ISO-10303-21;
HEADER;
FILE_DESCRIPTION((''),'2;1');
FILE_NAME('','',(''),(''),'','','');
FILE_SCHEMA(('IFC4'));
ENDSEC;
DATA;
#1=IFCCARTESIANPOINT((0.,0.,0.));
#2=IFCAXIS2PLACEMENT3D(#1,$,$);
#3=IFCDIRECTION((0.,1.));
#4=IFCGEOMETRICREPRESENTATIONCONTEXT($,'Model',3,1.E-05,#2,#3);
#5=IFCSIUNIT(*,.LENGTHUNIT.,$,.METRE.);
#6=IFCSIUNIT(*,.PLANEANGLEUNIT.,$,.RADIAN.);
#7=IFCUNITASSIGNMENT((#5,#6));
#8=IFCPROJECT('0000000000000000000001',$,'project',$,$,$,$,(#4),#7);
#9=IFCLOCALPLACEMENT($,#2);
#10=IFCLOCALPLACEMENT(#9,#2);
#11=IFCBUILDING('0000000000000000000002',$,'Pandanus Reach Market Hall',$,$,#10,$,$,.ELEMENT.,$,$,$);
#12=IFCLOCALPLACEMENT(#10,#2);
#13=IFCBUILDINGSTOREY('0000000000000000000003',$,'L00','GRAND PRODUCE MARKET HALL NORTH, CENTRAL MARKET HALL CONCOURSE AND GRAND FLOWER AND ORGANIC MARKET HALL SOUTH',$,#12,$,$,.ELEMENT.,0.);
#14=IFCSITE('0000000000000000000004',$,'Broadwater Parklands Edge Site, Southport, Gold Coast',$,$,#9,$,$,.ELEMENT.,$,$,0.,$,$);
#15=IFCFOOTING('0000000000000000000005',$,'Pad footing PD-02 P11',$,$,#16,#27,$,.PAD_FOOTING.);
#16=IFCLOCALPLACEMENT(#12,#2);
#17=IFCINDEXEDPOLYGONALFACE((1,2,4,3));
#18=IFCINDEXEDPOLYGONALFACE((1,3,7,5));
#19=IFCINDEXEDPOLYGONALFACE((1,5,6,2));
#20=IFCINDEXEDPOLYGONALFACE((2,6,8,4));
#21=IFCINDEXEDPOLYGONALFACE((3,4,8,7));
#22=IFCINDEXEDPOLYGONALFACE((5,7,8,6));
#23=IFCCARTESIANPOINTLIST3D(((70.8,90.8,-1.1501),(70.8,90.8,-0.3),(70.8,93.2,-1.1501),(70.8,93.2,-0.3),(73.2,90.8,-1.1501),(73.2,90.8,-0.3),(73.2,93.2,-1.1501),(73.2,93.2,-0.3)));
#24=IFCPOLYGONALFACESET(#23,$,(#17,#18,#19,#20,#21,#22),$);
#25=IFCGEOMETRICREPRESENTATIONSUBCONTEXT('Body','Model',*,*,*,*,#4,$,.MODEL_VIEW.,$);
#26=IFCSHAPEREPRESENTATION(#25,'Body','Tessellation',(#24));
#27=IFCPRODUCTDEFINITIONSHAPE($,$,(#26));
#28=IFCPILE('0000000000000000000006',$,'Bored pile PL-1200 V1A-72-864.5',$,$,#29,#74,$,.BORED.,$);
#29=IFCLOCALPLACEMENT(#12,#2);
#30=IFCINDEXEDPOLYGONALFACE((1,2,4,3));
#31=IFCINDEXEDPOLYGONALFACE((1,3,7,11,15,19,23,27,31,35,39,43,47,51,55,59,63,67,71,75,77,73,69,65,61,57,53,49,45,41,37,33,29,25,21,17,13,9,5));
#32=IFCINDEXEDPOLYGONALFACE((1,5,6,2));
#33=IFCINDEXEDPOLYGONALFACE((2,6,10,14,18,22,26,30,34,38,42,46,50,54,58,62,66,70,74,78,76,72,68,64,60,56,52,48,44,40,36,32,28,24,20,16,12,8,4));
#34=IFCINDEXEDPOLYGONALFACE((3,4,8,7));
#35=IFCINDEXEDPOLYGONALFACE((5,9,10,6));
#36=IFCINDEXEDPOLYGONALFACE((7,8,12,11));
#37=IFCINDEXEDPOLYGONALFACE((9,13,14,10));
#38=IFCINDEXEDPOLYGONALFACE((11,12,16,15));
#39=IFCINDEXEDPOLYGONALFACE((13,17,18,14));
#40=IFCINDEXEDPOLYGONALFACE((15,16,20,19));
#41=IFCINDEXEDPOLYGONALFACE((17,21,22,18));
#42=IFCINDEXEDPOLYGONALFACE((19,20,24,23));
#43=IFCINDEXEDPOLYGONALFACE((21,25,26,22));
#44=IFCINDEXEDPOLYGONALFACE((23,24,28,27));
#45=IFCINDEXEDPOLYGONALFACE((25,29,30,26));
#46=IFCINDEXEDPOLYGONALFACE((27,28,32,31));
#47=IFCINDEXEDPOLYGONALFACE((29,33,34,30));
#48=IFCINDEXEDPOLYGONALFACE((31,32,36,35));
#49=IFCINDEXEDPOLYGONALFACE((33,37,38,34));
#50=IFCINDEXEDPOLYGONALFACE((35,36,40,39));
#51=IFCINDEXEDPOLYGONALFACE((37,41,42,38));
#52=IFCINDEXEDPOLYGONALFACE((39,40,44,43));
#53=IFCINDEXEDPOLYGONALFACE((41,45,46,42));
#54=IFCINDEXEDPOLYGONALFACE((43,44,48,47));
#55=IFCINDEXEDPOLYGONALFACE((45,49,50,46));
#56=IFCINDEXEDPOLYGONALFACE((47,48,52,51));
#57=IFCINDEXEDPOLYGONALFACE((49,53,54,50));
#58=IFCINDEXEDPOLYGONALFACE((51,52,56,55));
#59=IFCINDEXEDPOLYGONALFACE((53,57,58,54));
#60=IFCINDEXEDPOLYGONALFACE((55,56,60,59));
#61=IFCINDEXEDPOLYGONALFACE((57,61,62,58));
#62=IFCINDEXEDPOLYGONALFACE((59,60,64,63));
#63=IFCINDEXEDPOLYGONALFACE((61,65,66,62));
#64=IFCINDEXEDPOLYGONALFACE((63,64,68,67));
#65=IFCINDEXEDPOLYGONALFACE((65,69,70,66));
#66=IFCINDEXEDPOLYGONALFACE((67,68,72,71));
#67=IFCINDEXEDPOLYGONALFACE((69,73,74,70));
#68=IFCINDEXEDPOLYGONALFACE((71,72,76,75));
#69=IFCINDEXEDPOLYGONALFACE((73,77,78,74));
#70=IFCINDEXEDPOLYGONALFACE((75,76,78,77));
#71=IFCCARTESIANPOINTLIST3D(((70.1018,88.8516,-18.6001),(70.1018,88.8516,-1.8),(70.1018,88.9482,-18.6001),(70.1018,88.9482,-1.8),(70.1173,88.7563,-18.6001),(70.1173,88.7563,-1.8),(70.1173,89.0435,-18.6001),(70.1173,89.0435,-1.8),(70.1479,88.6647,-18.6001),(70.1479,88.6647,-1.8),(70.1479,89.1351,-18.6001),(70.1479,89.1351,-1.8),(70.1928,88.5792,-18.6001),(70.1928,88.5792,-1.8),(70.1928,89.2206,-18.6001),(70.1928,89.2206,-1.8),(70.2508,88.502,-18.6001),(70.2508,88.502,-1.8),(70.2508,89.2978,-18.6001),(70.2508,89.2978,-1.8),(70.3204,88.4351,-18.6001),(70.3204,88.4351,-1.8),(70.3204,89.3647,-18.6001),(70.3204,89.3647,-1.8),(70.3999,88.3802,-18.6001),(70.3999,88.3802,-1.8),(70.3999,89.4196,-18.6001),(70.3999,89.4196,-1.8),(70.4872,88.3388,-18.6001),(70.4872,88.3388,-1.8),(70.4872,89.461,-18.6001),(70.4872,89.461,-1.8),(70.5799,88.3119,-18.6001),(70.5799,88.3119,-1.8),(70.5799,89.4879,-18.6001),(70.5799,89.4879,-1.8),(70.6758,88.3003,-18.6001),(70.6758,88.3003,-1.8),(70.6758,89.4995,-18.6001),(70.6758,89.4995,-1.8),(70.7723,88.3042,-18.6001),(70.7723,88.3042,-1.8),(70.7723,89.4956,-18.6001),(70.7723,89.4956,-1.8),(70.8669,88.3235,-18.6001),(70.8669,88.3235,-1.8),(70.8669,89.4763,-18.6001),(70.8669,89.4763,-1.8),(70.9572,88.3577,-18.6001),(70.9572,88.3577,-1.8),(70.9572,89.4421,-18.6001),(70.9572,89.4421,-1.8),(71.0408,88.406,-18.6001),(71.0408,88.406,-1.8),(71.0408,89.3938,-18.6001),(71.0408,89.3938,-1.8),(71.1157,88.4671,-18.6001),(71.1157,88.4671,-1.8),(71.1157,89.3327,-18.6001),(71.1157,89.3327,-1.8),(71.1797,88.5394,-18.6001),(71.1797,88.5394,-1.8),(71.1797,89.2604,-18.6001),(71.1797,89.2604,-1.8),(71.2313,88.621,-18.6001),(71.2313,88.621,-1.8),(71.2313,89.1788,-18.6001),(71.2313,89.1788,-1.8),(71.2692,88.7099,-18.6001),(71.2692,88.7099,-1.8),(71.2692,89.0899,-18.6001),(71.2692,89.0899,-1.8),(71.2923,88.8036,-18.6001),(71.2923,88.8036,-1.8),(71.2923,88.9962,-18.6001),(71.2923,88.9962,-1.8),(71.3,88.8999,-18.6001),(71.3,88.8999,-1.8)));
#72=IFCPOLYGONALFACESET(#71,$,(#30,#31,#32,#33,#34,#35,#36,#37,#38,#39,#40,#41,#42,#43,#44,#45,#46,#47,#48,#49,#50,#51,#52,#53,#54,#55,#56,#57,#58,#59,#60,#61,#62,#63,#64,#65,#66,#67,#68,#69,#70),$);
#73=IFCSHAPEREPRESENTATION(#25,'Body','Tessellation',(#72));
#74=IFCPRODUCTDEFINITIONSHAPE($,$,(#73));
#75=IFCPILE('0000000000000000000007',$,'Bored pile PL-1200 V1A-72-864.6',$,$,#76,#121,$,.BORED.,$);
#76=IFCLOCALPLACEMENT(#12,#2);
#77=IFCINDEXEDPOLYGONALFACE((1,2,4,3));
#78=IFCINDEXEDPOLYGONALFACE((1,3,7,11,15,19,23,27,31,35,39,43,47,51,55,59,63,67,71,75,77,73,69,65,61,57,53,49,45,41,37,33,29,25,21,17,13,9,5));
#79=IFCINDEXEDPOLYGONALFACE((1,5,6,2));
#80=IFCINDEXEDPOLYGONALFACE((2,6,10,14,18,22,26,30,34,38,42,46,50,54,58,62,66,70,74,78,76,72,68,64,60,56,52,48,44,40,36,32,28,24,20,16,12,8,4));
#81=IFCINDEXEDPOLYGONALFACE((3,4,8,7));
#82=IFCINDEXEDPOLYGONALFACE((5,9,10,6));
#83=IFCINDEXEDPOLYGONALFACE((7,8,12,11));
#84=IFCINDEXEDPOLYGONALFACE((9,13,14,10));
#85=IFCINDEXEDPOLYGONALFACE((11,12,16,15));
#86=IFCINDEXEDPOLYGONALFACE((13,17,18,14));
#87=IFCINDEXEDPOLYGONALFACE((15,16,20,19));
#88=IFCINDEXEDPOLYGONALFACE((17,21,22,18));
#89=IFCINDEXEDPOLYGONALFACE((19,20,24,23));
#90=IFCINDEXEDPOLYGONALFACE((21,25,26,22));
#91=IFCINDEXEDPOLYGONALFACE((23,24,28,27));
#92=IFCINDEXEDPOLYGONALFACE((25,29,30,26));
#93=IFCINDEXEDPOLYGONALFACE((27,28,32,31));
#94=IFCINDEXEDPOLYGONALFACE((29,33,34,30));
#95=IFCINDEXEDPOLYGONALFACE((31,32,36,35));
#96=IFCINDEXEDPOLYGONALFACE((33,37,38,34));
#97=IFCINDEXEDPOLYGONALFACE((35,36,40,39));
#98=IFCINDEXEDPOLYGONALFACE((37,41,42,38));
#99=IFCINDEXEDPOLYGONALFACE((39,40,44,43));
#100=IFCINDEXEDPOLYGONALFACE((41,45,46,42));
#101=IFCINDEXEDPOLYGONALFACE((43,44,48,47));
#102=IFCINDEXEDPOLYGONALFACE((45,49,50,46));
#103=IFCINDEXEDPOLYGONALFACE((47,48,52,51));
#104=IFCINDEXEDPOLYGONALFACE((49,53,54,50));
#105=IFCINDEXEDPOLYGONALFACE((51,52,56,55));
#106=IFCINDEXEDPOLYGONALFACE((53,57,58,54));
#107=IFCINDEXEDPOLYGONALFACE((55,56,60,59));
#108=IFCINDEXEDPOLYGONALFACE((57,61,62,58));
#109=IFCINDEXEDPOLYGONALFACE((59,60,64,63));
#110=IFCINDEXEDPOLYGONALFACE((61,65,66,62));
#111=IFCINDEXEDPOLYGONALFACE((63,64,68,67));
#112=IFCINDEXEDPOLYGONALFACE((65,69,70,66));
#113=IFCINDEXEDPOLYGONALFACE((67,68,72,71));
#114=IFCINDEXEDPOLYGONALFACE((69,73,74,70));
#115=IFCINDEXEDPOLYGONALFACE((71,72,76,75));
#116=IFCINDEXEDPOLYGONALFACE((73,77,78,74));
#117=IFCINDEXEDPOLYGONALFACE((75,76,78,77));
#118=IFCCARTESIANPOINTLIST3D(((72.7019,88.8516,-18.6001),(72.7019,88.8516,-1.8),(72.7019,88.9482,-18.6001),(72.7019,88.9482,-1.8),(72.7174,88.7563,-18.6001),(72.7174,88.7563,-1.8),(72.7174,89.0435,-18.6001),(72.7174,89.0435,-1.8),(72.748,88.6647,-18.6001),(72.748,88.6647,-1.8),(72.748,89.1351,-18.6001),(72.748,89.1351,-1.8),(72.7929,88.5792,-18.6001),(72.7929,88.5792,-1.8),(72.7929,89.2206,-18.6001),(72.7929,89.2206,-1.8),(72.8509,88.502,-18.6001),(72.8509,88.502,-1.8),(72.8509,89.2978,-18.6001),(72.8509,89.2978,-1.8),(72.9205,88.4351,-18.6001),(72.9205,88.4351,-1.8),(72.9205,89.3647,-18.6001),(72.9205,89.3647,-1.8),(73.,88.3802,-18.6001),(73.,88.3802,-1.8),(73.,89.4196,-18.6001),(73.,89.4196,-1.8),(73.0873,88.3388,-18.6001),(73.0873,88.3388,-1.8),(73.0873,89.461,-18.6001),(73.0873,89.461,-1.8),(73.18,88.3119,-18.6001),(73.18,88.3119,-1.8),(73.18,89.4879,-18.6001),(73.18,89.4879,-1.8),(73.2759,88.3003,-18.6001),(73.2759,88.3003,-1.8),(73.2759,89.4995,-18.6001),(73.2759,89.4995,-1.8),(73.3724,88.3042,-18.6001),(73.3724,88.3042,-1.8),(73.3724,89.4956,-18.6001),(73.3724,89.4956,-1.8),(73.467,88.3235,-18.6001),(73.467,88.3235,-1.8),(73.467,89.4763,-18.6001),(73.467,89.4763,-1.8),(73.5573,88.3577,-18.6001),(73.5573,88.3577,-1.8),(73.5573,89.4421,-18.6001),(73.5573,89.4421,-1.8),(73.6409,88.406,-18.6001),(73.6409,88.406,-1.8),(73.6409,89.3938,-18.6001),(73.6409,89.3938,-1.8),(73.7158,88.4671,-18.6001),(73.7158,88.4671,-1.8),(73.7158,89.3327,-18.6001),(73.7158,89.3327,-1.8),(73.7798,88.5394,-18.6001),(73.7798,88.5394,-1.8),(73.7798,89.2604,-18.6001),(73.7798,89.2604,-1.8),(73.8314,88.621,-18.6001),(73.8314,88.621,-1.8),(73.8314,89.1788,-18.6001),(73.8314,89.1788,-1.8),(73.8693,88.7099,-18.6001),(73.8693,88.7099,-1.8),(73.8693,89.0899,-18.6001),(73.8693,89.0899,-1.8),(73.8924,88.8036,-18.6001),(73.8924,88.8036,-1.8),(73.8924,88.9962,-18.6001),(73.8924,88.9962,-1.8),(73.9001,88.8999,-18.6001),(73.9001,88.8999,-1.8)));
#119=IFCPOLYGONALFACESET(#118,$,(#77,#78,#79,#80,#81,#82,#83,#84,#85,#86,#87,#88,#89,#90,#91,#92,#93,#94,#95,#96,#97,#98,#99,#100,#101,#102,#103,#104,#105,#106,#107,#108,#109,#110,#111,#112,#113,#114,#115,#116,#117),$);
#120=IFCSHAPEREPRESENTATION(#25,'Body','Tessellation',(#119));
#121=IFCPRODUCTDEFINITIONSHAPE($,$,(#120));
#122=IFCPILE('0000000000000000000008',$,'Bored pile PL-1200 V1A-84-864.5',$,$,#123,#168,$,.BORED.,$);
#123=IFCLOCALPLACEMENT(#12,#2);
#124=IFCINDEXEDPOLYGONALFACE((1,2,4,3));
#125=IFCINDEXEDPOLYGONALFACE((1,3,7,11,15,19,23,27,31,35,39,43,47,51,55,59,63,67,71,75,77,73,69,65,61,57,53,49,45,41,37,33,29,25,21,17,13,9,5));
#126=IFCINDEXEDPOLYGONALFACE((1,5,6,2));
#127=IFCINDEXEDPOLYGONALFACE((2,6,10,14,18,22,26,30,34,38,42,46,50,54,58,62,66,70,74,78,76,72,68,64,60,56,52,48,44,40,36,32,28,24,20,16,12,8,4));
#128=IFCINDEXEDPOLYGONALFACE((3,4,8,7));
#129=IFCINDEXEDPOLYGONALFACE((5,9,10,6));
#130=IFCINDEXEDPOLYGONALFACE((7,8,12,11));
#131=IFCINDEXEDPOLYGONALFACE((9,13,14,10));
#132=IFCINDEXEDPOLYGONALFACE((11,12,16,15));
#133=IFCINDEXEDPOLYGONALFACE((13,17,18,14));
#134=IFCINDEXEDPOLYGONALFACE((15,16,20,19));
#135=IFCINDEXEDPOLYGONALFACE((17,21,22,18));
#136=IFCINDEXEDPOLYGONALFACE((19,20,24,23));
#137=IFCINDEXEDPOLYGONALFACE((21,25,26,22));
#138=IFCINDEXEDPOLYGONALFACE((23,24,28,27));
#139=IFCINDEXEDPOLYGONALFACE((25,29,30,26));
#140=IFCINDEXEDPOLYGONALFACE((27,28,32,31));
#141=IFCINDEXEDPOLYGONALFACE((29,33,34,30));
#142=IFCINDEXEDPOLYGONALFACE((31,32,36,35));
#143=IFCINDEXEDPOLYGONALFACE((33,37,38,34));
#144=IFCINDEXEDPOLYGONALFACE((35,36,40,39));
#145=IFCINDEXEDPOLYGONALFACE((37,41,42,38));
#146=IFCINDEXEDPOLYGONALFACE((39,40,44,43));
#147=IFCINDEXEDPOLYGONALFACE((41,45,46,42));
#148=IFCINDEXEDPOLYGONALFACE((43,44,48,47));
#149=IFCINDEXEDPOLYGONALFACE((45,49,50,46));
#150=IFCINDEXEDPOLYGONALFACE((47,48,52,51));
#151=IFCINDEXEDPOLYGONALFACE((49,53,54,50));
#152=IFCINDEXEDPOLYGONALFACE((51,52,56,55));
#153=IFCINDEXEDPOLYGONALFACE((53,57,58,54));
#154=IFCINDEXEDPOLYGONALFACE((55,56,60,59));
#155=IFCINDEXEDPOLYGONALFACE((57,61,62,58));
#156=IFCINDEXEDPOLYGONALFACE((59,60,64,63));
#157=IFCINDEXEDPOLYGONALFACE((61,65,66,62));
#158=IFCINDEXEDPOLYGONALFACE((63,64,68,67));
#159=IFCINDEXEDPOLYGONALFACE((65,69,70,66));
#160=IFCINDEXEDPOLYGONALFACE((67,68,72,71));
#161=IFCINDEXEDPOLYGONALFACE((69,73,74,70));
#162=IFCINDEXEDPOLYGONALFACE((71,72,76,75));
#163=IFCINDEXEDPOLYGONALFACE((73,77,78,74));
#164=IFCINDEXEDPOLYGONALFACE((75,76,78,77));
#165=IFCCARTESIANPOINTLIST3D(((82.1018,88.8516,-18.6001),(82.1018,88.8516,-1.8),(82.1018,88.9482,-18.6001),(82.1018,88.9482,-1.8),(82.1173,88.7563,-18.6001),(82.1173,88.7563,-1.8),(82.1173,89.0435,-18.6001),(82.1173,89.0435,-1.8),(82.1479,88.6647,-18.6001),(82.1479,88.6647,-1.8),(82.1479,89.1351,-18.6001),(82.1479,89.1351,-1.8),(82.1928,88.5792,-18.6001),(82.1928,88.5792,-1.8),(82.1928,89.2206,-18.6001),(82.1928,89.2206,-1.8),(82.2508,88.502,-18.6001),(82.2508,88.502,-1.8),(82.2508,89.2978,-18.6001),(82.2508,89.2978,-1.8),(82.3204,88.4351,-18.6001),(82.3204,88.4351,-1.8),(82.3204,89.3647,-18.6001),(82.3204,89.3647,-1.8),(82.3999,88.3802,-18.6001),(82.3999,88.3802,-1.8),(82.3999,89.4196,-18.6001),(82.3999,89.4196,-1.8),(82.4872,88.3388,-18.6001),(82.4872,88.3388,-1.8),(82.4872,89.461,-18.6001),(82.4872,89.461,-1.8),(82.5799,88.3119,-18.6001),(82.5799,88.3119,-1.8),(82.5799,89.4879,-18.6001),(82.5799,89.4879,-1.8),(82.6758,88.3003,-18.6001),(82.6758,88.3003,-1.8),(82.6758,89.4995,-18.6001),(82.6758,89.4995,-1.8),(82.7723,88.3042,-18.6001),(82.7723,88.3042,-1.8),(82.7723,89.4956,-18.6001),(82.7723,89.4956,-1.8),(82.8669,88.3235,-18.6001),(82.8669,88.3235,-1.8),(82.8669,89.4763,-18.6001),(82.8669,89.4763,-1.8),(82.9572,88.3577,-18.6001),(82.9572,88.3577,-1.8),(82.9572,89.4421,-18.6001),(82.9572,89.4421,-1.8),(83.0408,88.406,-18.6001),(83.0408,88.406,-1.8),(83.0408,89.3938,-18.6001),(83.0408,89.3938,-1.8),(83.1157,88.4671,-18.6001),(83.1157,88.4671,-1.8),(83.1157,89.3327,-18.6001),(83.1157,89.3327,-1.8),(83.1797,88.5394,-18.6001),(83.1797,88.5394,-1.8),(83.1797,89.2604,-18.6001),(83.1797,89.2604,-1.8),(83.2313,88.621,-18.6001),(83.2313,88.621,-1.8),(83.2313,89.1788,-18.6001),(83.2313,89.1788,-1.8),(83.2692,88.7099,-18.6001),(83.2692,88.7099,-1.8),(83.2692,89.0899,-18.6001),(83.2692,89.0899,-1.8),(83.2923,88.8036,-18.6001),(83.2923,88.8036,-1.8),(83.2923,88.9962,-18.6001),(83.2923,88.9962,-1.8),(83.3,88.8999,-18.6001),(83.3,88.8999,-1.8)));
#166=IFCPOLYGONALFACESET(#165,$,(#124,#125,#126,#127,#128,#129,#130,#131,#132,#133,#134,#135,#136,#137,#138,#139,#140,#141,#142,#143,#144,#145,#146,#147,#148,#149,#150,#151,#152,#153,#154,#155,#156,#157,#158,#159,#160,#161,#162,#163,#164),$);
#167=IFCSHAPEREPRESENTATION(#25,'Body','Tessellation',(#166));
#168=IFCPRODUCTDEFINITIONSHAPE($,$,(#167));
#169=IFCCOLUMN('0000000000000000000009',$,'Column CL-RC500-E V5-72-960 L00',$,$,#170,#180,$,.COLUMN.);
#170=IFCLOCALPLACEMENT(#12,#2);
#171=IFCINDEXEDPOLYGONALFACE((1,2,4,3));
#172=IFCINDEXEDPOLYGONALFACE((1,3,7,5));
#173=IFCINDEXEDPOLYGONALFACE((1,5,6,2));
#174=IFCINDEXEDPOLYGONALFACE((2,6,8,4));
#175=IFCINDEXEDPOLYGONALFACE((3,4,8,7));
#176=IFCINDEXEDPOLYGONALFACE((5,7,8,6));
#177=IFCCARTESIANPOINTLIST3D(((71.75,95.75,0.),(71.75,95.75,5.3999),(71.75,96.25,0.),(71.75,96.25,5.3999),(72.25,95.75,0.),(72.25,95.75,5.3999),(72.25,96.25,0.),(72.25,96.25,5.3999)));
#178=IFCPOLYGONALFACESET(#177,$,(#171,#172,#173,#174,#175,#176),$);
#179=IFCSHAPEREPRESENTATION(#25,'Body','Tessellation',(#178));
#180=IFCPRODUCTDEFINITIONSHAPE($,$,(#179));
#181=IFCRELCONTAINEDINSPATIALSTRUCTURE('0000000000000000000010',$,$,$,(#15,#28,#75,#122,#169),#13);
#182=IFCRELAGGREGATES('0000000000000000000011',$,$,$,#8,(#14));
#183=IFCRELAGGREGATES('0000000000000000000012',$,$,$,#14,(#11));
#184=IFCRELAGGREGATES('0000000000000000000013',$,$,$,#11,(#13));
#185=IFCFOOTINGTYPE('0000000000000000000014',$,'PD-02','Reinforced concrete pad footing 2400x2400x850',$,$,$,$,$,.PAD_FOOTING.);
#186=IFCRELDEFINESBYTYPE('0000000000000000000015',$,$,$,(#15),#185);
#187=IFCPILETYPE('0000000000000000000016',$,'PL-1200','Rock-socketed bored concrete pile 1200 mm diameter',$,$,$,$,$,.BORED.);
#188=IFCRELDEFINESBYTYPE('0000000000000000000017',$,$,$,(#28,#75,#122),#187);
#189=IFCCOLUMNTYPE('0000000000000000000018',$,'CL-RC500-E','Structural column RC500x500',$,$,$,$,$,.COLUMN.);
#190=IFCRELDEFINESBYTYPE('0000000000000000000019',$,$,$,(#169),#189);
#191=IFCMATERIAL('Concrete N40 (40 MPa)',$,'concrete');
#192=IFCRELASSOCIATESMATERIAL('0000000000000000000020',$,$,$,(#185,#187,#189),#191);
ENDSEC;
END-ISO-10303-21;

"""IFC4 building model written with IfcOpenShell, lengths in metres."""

from ifc_helpers import new_model, si_unit, direction, frame, origin, origin_2d, place, context, subcontext, project, spatial, rectangle, circle, extrude, material, material_profile, profile_set, type_object, element, save


model = new_model("IFC4")

# Units and contexts
model_context = context("Model", 3, precision=1e-05, world=origin(), true_north=direction((0.0, 1.0)))
body_context = subcontext(model_context, "Body", "Model", "MODEL_VIEW")
ifc_project = project(units=[si_unit("LENGTHUNIT", "METRE"), si_unit("PLANEANGLEUNIT", "RADIAN")], contexts=[model_context])

# Site, building, storey
site_placement = place(None, origin())
site = spatial("IfcSite", under=ifc_project, at=site_placement, Name="Broadwater Parklands Edge Site, Southport, Gold Coast", CompositionType="ELEMENT", RefElevation=0.0)
building_placement = place(site_placement, origin())
building = spatial("IfcBuilding", under=site, at=building_placement, Name="Pandanus Reach Market Hall", CompositionType="ELEMENT")
storey_placement = place(building_placement, origin())
storey = spatial("IfcBuildingStorey", under=building, at=storey_placement, Name="L00", Description="GRAND PRODUCE MARKET HALL NORTH, CENTRAL MARKET HALL CONCOURSE AND GRAND FLOWER AND ORGANIC MARKET HALL SOUTH", CompositionType="ELEMENT", Elevation=0.0)

# Footing
ifc_material_1 = material(Name="Concrete N40 (40 MPa)", Category="concrete")
footing_type = type_object("IfcFootingType", Name="PD-02", Description="Reinforced concrete pad footing 2400x2400x850", PredefinedType="PAD_FOOTING", material=ifc_material_1)
footing_placement = place(storey_placement, frame((72.0, 92.0, -1.1501), z_axis=(0.0, 0.0, 1.0), x_axis=(1.0, 0.0, 0.0)))
element("IfcFooting", 1, at=footing_placement, inside=storey, type_object=footing_type, Name="Pad footing PD-02 P11", PredefinedType="PAD_FOOTING", context=body_context, shape_type="SweptSolid", body=[
    extrude(rectangle(XDim=2.3999, YDim=2.3999, at=origin_2d()), origin(), (0.0, 0.0, 1.0), 0.8501),
])

# Piles
ifc_material_profile_1 = material_profile(ifc_material_1, circle(Radius=0.6001, at=origin_2d()), Name="PILE-1200D", Category="LoadBearing")
ifc_profile_set_1 = profile_set([ifc_material_profile_1], Name="Concrete N40 (40 MPa)")
pile_type = type_object("IfcPileType", Name="PL-1200", Description="Rock-socketed bored concrete pile 1200 mm diameter", PredefinedType="BORED", material=ifc_profile_set_1)
for number, where, z_axis, x_axis, name in (
    (2, (70.7, 88.8999, -1.8), (0.0, 0.0, -1.0), (1.0, 0.0, 0.0), "Bored pile PL-1200 V1A-72-864.5"),
    (3, (73.3, 88.8999, -1.8), (0.0, 0.0, -1.0), (1.0, 0.0, 0.0), "Bored pile PL-1200 V1A-72-864.6"),
    (4, (82.7, 88.8999, -1.8), (0.0, 0.0, -1.0), (1.0, 0.0, 0.0), "Bored pile PL-1200 V1A-84-864.5"),
):
    element("IfcPile", number, at=place(storey_placement, frame(where, z_axis=z_axis, x_axis=x_axis)), inside=storey, type_object=pile_type, Name=name, PredefinedType="BORED", context=body_context, shape_type="SweptSolid", body=[
        extrude(circle(Radius=0.6001, at=origin_2d()), origin(), (0.0, 0.0, 1.0), 16.8),
    ])

# Column
ifc_material_profile_2 = material_profile(ifc_material_1, rectangle(XDim=0.5, YDim=0.5, at=origin_2d()), Name="RC500x500", Category="LoadBearing")
ifc_profile_set_2 = profile_set([ifc_material_profile_2], Name="Concrete N40 (40 MPa)")
column_type_1 = type_object("IfcColumnType", Name="CL-RC500-E", Description="Structural column RC500x500", PredefinedType="COLUMN", material=ifc_profile_set_2)
column_1_placement = place(storey_placement, frame((72.0, 96.0, 0.0), z_axis=(0.0, 0.0, 1.0), x_axis=(1.0, 0.0, 0.0)))
element("IfcColumn", 5, at=column_1_placement, inside=storey, type_object=column_type_1, Name="Column CL-RC500-E V5-72-960 L00", PredefinedType="COLUMN", context=body_context, shape_type="SweptSolid", body=[
    extrude(rectangle(XDim=0.5, YDim=0.5, at=origin_2d()), origin(), (0.0, 0.0, 1.0), 5.3999),
])

save(model, "model.ifc")
